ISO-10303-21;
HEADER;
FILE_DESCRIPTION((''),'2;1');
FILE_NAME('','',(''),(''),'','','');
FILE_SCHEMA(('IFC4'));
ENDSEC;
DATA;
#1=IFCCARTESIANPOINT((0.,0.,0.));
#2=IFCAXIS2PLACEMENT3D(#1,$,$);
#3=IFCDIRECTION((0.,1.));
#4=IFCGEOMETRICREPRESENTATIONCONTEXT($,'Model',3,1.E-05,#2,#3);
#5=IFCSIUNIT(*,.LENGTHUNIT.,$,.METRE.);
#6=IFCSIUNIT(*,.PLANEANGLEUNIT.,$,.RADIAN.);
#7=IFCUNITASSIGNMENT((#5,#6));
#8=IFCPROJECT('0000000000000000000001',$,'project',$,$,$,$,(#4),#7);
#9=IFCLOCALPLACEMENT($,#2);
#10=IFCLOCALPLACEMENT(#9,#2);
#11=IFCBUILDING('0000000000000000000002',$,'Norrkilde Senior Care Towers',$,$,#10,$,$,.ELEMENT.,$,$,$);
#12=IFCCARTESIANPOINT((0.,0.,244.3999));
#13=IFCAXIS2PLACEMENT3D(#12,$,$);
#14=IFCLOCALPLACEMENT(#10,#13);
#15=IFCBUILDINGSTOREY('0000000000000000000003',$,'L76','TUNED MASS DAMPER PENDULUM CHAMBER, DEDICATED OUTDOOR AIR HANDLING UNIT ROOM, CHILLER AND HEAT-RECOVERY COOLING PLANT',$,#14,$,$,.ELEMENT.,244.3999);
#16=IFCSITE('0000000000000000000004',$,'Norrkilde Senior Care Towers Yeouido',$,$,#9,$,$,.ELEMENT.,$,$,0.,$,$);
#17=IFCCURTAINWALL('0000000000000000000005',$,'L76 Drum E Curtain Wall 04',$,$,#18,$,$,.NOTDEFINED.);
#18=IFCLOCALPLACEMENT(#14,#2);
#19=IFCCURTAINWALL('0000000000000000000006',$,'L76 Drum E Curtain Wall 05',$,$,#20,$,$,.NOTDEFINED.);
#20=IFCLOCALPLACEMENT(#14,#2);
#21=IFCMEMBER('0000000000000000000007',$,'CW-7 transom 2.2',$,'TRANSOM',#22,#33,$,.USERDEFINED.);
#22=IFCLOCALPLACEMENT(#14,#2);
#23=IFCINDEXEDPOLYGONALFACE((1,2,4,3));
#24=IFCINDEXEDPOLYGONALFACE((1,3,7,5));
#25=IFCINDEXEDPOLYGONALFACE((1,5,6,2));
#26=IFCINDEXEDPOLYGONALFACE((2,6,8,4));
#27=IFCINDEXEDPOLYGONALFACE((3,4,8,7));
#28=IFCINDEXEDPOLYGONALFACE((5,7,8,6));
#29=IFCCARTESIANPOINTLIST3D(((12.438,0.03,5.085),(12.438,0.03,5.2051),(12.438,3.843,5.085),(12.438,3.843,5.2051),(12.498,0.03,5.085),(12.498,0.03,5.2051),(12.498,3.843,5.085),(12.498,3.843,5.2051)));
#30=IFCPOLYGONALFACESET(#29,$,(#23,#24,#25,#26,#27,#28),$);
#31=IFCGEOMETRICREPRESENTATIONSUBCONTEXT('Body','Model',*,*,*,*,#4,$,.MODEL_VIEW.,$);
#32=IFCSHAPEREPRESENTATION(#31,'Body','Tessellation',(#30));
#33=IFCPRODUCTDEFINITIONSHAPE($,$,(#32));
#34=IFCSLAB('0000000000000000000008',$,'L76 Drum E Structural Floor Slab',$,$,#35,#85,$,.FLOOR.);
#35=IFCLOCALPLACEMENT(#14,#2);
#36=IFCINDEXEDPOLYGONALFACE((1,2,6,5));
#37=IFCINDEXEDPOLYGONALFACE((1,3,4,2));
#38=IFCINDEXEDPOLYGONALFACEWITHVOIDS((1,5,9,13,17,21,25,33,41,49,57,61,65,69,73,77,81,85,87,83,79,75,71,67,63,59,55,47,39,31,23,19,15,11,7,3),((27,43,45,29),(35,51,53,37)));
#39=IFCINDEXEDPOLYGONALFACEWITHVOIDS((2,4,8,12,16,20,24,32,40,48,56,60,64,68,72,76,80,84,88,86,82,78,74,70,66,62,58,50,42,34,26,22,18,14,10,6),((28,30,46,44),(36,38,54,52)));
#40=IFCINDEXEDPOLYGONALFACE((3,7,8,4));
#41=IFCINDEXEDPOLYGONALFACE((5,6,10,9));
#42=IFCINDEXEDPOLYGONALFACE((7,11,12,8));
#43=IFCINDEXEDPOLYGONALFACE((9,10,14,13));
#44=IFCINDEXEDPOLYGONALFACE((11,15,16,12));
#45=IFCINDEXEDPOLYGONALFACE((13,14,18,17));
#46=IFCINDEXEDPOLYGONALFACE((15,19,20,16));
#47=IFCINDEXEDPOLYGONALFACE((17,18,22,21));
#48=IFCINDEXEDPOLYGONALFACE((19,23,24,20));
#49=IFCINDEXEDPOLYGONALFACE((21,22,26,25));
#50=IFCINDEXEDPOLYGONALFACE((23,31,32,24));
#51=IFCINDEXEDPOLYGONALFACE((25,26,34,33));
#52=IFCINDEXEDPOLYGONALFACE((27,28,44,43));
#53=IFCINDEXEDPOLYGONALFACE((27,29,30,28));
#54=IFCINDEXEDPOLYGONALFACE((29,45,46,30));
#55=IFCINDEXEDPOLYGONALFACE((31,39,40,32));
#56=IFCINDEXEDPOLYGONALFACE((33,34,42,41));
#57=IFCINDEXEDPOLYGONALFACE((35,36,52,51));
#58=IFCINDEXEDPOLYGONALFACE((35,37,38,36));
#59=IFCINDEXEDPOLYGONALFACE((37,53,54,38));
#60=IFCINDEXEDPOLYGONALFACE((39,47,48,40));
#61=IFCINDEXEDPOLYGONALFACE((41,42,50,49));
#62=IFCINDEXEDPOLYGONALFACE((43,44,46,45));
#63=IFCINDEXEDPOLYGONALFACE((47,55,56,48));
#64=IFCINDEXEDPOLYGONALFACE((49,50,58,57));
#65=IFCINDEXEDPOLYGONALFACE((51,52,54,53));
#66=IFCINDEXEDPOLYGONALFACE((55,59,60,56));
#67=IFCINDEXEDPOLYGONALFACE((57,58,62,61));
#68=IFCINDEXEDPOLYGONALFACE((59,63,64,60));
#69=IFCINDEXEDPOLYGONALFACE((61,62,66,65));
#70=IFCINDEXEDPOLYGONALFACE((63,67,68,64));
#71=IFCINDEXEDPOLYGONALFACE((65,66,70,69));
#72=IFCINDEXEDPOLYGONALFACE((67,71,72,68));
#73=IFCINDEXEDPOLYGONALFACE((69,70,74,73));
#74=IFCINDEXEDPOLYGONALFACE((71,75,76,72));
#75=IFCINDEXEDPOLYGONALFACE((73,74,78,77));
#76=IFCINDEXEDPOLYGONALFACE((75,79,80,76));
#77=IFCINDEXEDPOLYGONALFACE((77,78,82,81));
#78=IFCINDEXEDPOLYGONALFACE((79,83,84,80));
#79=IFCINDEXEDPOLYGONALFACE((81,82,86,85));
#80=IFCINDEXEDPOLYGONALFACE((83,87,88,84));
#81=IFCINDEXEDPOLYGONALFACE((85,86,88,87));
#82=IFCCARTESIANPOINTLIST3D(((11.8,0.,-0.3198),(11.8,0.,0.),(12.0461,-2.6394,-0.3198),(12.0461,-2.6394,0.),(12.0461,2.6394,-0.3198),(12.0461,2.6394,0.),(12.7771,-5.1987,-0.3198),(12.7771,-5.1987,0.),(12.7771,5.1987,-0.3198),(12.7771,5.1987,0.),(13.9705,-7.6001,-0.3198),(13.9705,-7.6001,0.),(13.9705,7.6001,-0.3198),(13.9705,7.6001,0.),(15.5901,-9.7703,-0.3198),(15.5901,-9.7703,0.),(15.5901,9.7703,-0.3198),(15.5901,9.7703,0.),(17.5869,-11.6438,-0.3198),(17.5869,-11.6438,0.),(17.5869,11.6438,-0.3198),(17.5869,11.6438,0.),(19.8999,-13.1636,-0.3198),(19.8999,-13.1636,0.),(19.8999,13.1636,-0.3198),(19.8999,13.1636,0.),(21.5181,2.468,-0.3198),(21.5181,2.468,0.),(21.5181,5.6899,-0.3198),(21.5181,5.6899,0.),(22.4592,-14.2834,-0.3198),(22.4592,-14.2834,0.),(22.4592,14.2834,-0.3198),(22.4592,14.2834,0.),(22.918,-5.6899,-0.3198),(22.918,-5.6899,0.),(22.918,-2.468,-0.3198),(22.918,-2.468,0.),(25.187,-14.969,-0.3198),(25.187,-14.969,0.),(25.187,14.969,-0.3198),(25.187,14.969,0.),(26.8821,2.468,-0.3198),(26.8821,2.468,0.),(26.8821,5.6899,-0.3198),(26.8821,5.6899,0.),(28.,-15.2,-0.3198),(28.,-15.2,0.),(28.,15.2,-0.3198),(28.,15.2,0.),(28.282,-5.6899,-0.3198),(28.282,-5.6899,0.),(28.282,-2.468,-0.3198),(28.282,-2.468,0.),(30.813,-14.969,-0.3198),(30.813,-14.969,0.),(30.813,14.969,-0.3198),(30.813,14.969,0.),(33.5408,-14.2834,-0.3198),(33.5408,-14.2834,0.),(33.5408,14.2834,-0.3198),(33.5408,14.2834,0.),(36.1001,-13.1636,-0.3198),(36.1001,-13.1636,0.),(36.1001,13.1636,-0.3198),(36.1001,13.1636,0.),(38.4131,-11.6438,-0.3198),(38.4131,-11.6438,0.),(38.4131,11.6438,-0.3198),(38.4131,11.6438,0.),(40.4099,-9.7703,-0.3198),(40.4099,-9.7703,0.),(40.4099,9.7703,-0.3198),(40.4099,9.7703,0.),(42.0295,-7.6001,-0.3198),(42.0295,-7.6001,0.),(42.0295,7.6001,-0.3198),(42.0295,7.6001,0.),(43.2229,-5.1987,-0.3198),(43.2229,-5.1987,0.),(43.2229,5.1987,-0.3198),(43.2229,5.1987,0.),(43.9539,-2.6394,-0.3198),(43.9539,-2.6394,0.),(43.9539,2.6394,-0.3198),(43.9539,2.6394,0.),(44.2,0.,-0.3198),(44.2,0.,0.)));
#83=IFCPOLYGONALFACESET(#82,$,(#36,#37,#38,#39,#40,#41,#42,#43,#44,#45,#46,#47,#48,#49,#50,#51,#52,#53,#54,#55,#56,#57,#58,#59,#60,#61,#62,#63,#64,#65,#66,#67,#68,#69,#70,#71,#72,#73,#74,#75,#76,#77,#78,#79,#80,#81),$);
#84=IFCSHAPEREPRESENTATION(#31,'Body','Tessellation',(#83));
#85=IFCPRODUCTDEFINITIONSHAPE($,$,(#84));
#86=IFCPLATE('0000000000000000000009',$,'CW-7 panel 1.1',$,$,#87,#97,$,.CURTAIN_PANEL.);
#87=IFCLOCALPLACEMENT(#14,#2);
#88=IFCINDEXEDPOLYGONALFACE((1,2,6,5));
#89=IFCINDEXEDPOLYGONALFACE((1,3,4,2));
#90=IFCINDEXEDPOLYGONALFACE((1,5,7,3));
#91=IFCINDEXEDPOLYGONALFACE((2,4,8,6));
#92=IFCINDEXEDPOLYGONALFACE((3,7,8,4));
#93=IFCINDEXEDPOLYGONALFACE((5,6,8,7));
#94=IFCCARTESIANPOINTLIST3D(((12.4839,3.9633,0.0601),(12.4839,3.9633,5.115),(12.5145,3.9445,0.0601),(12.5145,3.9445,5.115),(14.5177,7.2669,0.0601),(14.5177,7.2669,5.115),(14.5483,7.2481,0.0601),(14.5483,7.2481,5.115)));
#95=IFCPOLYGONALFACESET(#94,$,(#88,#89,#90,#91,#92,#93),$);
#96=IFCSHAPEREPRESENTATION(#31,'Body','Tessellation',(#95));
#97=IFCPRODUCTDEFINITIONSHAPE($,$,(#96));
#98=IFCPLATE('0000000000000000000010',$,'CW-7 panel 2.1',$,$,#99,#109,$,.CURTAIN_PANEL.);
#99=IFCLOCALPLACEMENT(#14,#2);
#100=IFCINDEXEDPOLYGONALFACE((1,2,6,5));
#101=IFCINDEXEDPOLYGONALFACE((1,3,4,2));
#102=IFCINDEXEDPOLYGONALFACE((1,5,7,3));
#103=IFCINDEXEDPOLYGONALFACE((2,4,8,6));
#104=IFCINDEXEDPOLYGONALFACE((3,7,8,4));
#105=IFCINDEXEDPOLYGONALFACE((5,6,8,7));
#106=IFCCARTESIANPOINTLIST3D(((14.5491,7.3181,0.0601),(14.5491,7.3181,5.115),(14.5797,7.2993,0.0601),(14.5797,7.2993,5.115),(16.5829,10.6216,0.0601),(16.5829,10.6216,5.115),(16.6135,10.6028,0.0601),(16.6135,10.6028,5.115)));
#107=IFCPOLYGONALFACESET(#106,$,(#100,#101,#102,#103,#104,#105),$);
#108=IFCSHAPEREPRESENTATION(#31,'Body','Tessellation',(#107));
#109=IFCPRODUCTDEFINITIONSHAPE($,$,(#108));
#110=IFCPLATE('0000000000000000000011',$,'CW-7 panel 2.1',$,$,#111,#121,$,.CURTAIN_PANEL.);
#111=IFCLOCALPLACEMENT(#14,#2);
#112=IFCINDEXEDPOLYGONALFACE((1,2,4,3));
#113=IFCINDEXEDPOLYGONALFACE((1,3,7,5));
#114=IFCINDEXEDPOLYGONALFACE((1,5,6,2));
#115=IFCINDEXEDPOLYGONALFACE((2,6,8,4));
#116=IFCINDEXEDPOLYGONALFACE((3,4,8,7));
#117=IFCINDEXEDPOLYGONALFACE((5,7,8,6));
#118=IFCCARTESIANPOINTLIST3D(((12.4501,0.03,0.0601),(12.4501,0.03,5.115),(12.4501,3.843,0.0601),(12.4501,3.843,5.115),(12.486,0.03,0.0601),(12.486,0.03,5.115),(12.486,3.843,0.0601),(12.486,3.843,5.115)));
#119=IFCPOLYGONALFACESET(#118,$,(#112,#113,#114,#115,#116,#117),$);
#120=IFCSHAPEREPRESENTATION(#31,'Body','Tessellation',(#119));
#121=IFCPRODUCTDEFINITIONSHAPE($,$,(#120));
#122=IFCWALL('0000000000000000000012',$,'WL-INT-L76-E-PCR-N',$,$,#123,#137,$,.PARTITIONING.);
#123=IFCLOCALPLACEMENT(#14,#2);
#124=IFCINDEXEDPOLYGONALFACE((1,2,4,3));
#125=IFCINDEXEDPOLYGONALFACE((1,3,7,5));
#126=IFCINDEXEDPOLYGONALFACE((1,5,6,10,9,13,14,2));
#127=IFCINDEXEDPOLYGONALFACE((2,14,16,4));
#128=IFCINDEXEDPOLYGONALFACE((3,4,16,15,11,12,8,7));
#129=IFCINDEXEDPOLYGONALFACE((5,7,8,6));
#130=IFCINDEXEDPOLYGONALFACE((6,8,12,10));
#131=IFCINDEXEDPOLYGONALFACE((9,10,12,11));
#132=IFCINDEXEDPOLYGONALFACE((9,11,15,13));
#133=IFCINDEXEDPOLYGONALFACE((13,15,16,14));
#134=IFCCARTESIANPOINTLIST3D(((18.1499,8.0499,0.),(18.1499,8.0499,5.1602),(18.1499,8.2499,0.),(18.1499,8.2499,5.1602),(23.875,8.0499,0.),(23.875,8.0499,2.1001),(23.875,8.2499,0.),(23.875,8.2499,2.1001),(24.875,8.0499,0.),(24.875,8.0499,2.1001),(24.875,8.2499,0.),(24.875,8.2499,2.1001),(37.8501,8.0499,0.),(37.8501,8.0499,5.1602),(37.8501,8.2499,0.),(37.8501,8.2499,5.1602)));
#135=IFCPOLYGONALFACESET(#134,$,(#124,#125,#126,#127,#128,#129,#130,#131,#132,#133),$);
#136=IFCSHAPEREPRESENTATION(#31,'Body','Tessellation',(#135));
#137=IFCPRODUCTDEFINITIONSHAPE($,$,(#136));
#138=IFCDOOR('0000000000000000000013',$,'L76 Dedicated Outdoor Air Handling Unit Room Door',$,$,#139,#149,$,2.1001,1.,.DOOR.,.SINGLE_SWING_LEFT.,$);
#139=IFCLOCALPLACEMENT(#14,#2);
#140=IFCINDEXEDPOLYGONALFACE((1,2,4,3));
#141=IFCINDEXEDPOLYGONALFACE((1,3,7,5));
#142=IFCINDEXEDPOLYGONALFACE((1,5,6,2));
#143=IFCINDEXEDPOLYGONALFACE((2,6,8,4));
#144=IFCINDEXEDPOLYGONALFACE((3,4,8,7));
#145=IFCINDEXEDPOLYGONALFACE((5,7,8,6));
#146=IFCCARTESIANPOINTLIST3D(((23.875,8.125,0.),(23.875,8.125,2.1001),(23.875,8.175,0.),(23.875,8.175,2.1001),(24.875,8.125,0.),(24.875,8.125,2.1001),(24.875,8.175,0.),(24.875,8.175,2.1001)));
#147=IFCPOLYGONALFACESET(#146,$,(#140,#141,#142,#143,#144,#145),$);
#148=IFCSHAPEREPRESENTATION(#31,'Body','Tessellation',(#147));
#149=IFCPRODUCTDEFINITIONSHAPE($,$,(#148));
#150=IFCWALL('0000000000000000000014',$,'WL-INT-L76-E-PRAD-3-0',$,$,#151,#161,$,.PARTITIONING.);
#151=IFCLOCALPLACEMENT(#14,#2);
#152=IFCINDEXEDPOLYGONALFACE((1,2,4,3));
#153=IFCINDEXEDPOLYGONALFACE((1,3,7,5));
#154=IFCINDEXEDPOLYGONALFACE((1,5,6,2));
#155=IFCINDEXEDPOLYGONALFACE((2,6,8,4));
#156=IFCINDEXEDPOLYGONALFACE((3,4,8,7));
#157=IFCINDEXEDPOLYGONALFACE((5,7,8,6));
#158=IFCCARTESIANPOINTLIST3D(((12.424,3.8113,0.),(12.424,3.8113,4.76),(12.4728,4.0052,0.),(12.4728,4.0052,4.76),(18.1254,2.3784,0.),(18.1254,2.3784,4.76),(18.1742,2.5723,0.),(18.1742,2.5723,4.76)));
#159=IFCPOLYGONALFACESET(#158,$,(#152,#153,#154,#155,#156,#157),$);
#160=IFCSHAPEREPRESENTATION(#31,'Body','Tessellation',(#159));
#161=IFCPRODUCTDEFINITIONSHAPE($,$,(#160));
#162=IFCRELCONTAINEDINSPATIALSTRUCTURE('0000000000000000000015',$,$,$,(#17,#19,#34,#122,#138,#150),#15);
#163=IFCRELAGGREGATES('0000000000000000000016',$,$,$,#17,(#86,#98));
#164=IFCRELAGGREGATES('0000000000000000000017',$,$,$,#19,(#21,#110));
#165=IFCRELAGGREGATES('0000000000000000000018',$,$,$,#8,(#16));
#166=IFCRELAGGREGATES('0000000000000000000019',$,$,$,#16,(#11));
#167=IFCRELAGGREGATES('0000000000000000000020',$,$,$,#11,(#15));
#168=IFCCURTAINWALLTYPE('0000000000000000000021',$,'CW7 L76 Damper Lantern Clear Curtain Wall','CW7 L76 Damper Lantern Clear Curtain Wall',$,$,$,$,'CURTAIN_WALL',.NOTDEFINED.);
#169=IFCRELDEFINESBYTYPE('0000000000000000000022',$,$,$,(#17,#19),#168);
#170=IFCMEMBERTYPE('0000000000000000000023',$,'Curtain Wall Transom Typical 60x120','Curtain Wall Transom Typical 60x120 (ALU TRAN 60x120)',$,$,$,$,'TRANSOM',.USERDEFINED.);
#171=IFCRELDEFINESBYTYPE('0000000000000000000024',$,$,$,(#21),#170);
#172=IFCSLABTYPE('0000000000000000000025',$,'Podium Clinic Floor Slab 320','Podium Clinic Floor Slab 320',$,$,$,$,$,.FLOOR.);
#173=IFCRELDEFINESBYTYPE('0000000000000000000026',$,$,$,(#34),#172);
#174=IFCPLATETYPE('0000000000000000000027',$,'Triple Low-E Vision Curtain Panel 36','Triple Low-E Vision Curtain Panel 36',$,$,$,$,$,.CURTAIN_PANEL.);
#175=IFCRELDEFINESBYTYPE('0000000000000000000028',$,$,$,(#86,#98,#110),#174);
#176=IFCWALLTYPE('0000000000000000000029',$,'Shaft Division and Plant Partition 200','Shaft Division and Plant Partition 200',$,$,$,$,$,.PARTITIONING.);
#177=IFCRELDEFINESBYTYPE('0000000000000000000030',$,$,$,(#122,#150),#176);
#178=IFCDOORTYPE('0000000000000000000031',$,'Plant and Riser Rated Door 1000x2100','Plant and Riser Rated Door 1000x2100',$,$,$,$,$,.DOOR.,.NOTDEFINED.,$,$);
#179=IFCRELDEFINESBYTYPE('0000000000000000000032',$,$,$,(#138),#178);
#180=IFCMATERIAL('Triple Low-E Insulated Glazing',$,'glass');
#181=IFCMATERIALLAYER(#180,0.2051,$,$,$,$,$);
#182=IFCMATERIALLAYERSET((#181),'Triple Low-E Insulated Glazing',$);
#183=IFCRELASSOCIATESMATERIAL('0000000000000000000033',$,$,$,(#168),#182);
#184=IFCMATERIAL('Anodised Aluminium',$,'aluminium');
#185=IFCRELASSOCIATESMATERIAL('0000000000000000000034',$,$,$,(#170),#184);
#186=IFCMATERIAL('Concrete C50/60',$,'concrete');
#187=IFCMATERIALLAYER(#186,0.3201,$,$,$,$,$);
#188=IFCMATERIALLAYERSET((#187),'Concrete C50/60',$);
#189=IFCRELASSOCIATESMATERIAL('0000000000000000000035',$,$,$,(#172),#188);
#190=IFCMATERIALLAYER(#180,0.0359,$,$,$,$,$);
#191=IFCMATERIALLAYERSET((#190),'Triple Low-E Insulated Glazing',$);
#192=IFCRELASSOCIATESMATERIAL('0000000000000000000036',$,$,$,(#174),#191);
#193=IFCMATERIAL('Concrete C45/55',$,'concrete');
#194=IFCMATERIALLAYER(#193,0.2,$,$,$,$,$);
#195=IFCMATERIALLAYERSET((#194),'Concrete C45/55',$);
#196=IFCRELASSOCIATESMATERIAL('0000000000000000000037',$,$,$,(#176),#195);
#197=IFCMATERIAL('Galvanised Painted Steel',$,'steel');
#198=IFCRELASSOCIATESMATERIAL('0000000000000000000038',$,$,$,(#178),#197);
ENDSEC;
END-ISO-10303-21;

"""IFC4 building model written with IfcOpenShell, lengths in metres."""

from ifc_helpers import new_model, si_unit, direction, frame, frame_2d, origin, origin_2d, place, context, subcontext, project, spatial, polyline, rectangle, outline, extrude, source, transform, mapped, material, layer, layer_set, material_profile, profile_set, type_object, type_shapes, element, fill, aggregate, save


model = new_model("IFC4")

# Units and contexts
model_context = context("Model", 3, precision=1e-05, world=origin(), true_north=direction((0.0, 1.0)))
body_context = subcontext(model_context, "Body", "Model", "MODEL_VIEW")
ifc_project = project(units=[si_unit("LENGTHUNIT", "METRE"), si_unit("PLANEANGLEUNIT", "RADIAN")], contexts=[model_context])

# Site, building, storey
site_placement = place(None, origin())
site = spatial("IfcSite", under=ifc_project, at=site_placement, Name="Norrkilde Senior Care Towers Yeouido", CompositionType="ELEMENT", RefElevation=0.0)
building_placement = place(site_placement, origin())
building = spatial("IfcBuilding", under=site, at=building_placement, Name="Norrkilde Senior Care Towers", CompositionType="ELEMENT")
storey_placement = place(building_placement, frame((0.0, 0.0, 244.3999)))
storey = spatial("IfcBuildingStorey", under=building, at=storey_placement, Name="L76", Description="TUNED MASS DAMPER PENDULUM CHAMBER, DEDICATED OUTDOOR AIR HANDLING UNIT ROOM, CHILLER AND HEAT-RECOVERY COOLING PLANT", CompositionType="ELEMENT", Elevation=244.3999)

# Shared definitions
ifc_material_1 = material(Name="Concrete C50/60", Category="concrete")

# Shared definitions
ifc_material_2 = material(Name="Triple Low-E Insulated Glazing", Category="glass")
ifc_layer_1 = layer(ifc_material_2, 0.2051)
ifc_layer_set_1 = layer_set([ifc_layer_1], Name="Triple Low-E Insulated Glazing")
curtain_wall_type = type_object("IfcCurtainWallType", Name="CW7 L76 Damper Lantern Clear Curtain Wall", Description="CW7 L76 Damper Lantern Clear Curtain Wall", ElementType="CURTAIN_WALL", PredefinedType="NOTDEFINED", material=ifc_layer_set_1)
ifc_material_3 = material(Name="Anodised Aluminium", Category="aluminium")

# Curtain walls
curtain_wall_1_placement = place(storey_placement, origin())
curtain_wall_1 = element("IfcCurtainWall", 1, at=curtain_wall_1_placement, inside=storey, type_object=curtain_wall_type, Name="L76 Drum E Curtain Wall 04", PredefinedType="NOTDEFINED")
curtain_wall_2_placement = place(storey_placement, origin())
curtain_wall_2 = element("IfcCurtainWall", 2, at=curtain_wall_2_placement, inside=storey, type_object=curtain_wall_type, Name="L76 Drum E Curtain Wall 05", PredefinedType="NOTDEFINED")

# Member
ifc_material_profile_1 = material_profile(ifc_material_3, rectangle(XDim=0.0601, YDim=0.1201, at=origin_2d()), Name="ALU TRAN 60x120")
ifc_profile_set_1 = profile_set([ifc_material_profile_1], Name="Anodised Aluminium")
member_type_1 = type_object("IfcMemberType", Name="Curtain Wall Transom Typical 60x120", Description="Curtain Wall Transom Typical 60x120 (ALU TRAN 60x120)", ElementType="TRANSOM", PredefinedType="USERDEFINED", material=ifc_profile_set_1)
shared_shape_1 = source(origin(), body_context, "Body", "SweptSolid", [
    extrude(rectangle(XDim=0.0601, YDim=0.1201, at=origin_2d()), origin(), (0.0, 0.0, 1.0), 3.813),
])
member_1_placement = place(storey_placement, frame((12.468, 0.03, 5.145), z_axis=(0.0, 1.0, 0.0), x_axis=(-1.0, 0.0, 0.0)))
member_1 = element("IfcMember", 3, at=member_1_placement, type_object=member_type_1, Name="CW-7 transom 2.2", ObjectType="TRANSOM", PredefinedType="USERDEFINED", context=body_context, shape_type="MappedRepresentation", body=[
    mapped(shared_shape_1, transform((0.0, 0.0, 0.0), x_axis=(1.0, 0.0, 0.0), y_axis=(0.0, 1.0, 0.0), z_axis=(0.0, 0.0, 1.0), scale=1.0)),
])

# Slab
ifc_layer_2 = layer(ifc_material_1, 0.3201)
ifc_layer_set_2 = layer_set([ifc_layer_2], Name="Concrete C50/60")
slab_type = type_object("IfcSlabType", Name="Podium Clinic Floor Slab 320", Description="Podium Clinic Floor Slab 320", PredefinedType="FLOOR", material=ifc_layer_set_2)
slab_placement = place(storey_placement, frame((0.0, 0.0, -0.3198)))
element("IfcSlab", 4, at=slab_placement, inside=storey, type_object=slab_type, Name="L76 Drum E Structural Floor Slab", PredefinedType="FLOOR", context=body_context, shape_type="SweptSolid", body=[
    extrude(outline(polyline([(43.2229, -5.1987), (42.0295, -7.6001), (40.4099, -9.7703), (38.4131, -11.6438), (36.1001, -13.1636), (33.5408, -14.2834), (30.813, -14.969), (28.0, -15.2), (25.187, -14.969), (22.4592, -14.2834), (19.8999, -13.1636), (17.5869, -11.6438), (15.5901, -9.7703), (13.9705, -7.6001), (12.7771, -5.1987), (12.0461, -2.6394), (11.8, 0.0), (12.0461, 2.6394), (12.7771, 5.1987), (13.9705, 7.6001), (15.5901, 9.7703), (17.5869, 11.6438), (19.8999, 13.1636), (22.4592, 14.2834), (25.187, 14.969), (28.0, 15.2), (30.813, 14.969), (33.5408, 14.2834), (36.1001, 13.1636), (38.4131, 11.6438), (40.4099, 9.7703), (42.0295, 7.6001), (43.2229, 5.1987), (43.9539, 2.6394), (44.2, 0.0), (43.9539, -2.6394), (43.2229, -5.1987)]), holes=[polyline([(21.5181, 2.468), (26.8821, 2.468), (26.8821, 5.6899), (21.5181, 5.6899), (21.5181, 2.468)]), polyline([(28.282, -5.6899), (28.282, -2.468), (22.918, -2.468), (22.918, -5.6899), (28.282, -5.6899)])]), origin(), (0.0, 0.0, 1.0), 0.3198),
])

# Plates
ifc_layer_3 = layer(ifc_material_2, 0.0359)
ifc_layer_set_3 = layer_set([ifc_layer_3], Name="Triple Low-E Insulated Glazing")
plate_type = type_object("IfcPlateType", Name="Triple Low-E Vision Curtain Panel 36", Description="Triple Low-E Vision Curtain Panel 36", PredefinedType="CURTAIN_PANEL", material=ifc_layer_set_3)
shared_shape_2 = source(origin(), body_context, "Body", "SweptSolid", [
    extrude(rectangle(XDim=3.8794, YDim=0.0359, at=origin_2d()), origin(), (0.0, 0.0, 1.0), 5.0549),
])
plate_1_placement = place(storey_placement, frame((13.5161, 5.6057, 0.0601), z_axis=(0.0, 0.0, 1.0), x_axis=(0.524253, 0.851563, 0.0)))
plate_1 = element("IfcPlate", 5, at=plate_1_placement, type_object=plate_type, Name="CW-7 panel 1.1", PredefinedType="CURTAIN_PANEL", context=body_context, shape_type="MappedRepresentation", body=[
    mapped(shared_shape_2, transform((0.0, 0.0, 0.0), x_axis=(1.0, 0.0, 0.0), y_axis=(0.0, 1.0, 0.0), z_axis=(0.0, 0.0, 1.0), scale=1.0)),
])
plate_2_placement = place(storey_placement, frame((15.5813, 8.9604, 0.0601), z_axis=(0.0, 0.0, 1.0), x_axis=(0.524253, 0.851563, 0.0)))
plate_2 = element("IfcPlate", 6, at=plate_2_placement, type_object=plate_type, Name="CW-7 panel 2.1", PredefinedType="CURTAIN_PANEL", context=body_context, shape_type="MappedRepresentation", body=[
    mapped(shared_shape_2, transform((0.0, 0.0, 0.0), x_axis=(1.0, 0.0, 0.0), y_axis=(0.0, 1.0, 0.0), z_axis=(0.0, 0.0, 1.0), scale=1.0)),
])
aggregate(curtain_wall_1, [plate_1, plate_2])
shared_shape_3 = source(origin(), body_context, "Body", "SweptSolid", [
    extrude(rectangle(XDim=3.813, YDim=0.0359, at=origin_2d()), origin(), (0.0, 0.0, 1.0), 5.0549),
])
type_shapes(plate_type, [shared_shape_2, shared_shape_3])
plate_3_placement = place(storey_placement, frame((12.468, 1.9365, 0.0601), z_axis=(0.0, 0.0, 1.0), x_axis=(0.0, 1.0, 0.0)))
plate_3 = element("IfcPlate", 7, at=plate_3_placement, type_object=plate_type, Name="CW-7 panel 2.1", PredefinedType="CURTAIN_PANEL", context=body_context, shape_type="MappedRepresentation", body=[
    mapped(shared_shape_3, transform((0.0, 0.0, 0.0), x_axis=(1.0, 0.0, 0.0), y_axis=(0.0, 1.0, 0.0), z_axis=(0.0, 0.0, 1.0), scale=1.0)),
])
aggregate(curtain_wall_2, [member_1, plate_3])

# Wall, opening, door
ifc_material_4 = material(Name="Concrete C45/55", Category="concrete")
ifc_layer_4 = layer(ifc_material_4, 0.2)
ifc_layer_set_4 = layer_set([ifc_layer_4], Name="Concrete C45/55")
wall_type = type_object("IfcWallType", Name="Shaft Division and Plant Partition 200", Description="Shaft Division and Plant Partition 200", PredefinedType="PARTITIONING", material=ifc_layer_set_4)
shared_shape_4 = source(origin(), body_context, "Body", "SweptSolid", [
    extrude(rectangle(XDim=19.7002, YDim=0.2, at=frame_2d((9.8501, 0.0))), origin(), (0.0, 0.0, 1.0), 5.1602),
])
wall_1_placement = place(storey_placement, frame((18.1499, 8.1499, 0.0), z_axis=(0.0, 0.0, 1.0), x_axis=(1.0, 0.0, 0.0)))
wall_1 = element("IfcWall", 8, at=wall_1_placement, inside=storey, type_object=wall_type, Name="WL-INT-L76-E-PCR-N", PredefinedType="PARTITIONING", context=body_context, shape_type="MappedRepresentation", body=[
    mapped(shared_shape_4, transform((0.0, 0.0, 0.0), x_axis=(1.0, 0.0, 0.0), y_axis=(0.0, 1.0, 0.0), z_axis=(0.0, 0.0, 1.0), scale=1.0)),
])
opening_placement = place(wall_1_placement, frame((5.7251, 0.0, 0.0)))
opening = element("IfcOpeningElement", 9, at=opening_placement, cuts=wall_1, PredefinedType="OPENING", context=body_context, shape_type="SweptSolid", body=[
    extrude(rectangle(XDim=1.0, YDim=2.1001, at=frame_2d((0.5, 1.05))), frame((0.0, 0.1099, 0.0), z_axis=(0.0, -1.0, 0.0), x_axis=(1.0, 0.0, 0.0)), (0.0, 0.0, 1.0), 0.22),
])
ifc_material_5 = material(Name="Galvanised Painted Steel", Category="steel")
door_type = type_object("IfcDoorType", Name="Plant and Riser Rated Door 1000x2100", Description="Plant and Riser Rated Door 1000x2100", OperationType="NOTDEFINED", PredefinedType="DOOR", material=ifc_material_5)
shared_shape_5 = source(origin(), body_context, "Body", "SweptSolid", [
    extrude(rectangle(XDim=1.0, YDim=2.1001, at=frame_2d((0.5, 1.05))), frame((0.0, 0.0249, 0.0), z_axis=(0.0, -1.0, 0.0), x_axis=(1.0, 0.0, 0.0)), (0.0, 0.0, 1.0), 0.05),
])
type_shapes(door_type, [shared_shape_5])
door_placement = place(opening_placement, frame((1.0, 0.0, 0.0), z_axis=(0.0, 0.0, 1.0), x_axis=(-1.0, 0.0, 0.0)))
door = element("IfcDoor", 10, at=door_placement, inside=storey, type_object=door_type, Name="L76 Dedicated Outdoor Air Handling Unit Room Door", OperationType="SINGLE_SWING_LEFT", OverallHeight=2.1001, OverallWidth=1.0, PredefinedType="DOOR", context=body_context, shape_type="MappedRepresentation", body=[
    mapped(shared_shape_5, transform((0.0, 0.0, 0.0), x_axis=(1.0, 0.0, 0.0), y_axis=(0.0, 1.0, 0.0), z_axis=(0.0, 0.0, 1.0), scale=1.0)),
])
fill(opening, door)

# Wall
shared_shape_6 = source(origin(), body_context, "Body", "SweptSolid", [
    extrude(rectangle(XDim=5.8787, YDim=0.2, at=frame_2d((2.9395, 0.0))), origin(), (0.0, 0.0, 1.0), 4.76),
])
type_shapes(wall_type, [shared_shape_4, shared_shape_6])
wall_2_placement = place(storey_placement, frame((18.1499, 2.4753, 0.0), z_axis=(0.0, 0.0, 1.0), x_axis=(-0.969841, 0.243737, 0.0)))
element("IfcWall", 11, at=wall_2_placement, inside=storey, type_object=wall_type, Name="WL-INT-L76-E-PRAD-3-0", PredefinedType="PARTITIONING", context=body_context, shape_type="MappedRepresentation", body=[
    mapped(shared_shape_6, transform((0.0, 0.0, 0.0), x_axis=(1.0, 0.0, 0.0), y_axis=(0.0, 1.0, 0.0), z_axis=(0.0, 0.0, 1.0), scale=1.0)),
])

save(model, "model.ifc")
